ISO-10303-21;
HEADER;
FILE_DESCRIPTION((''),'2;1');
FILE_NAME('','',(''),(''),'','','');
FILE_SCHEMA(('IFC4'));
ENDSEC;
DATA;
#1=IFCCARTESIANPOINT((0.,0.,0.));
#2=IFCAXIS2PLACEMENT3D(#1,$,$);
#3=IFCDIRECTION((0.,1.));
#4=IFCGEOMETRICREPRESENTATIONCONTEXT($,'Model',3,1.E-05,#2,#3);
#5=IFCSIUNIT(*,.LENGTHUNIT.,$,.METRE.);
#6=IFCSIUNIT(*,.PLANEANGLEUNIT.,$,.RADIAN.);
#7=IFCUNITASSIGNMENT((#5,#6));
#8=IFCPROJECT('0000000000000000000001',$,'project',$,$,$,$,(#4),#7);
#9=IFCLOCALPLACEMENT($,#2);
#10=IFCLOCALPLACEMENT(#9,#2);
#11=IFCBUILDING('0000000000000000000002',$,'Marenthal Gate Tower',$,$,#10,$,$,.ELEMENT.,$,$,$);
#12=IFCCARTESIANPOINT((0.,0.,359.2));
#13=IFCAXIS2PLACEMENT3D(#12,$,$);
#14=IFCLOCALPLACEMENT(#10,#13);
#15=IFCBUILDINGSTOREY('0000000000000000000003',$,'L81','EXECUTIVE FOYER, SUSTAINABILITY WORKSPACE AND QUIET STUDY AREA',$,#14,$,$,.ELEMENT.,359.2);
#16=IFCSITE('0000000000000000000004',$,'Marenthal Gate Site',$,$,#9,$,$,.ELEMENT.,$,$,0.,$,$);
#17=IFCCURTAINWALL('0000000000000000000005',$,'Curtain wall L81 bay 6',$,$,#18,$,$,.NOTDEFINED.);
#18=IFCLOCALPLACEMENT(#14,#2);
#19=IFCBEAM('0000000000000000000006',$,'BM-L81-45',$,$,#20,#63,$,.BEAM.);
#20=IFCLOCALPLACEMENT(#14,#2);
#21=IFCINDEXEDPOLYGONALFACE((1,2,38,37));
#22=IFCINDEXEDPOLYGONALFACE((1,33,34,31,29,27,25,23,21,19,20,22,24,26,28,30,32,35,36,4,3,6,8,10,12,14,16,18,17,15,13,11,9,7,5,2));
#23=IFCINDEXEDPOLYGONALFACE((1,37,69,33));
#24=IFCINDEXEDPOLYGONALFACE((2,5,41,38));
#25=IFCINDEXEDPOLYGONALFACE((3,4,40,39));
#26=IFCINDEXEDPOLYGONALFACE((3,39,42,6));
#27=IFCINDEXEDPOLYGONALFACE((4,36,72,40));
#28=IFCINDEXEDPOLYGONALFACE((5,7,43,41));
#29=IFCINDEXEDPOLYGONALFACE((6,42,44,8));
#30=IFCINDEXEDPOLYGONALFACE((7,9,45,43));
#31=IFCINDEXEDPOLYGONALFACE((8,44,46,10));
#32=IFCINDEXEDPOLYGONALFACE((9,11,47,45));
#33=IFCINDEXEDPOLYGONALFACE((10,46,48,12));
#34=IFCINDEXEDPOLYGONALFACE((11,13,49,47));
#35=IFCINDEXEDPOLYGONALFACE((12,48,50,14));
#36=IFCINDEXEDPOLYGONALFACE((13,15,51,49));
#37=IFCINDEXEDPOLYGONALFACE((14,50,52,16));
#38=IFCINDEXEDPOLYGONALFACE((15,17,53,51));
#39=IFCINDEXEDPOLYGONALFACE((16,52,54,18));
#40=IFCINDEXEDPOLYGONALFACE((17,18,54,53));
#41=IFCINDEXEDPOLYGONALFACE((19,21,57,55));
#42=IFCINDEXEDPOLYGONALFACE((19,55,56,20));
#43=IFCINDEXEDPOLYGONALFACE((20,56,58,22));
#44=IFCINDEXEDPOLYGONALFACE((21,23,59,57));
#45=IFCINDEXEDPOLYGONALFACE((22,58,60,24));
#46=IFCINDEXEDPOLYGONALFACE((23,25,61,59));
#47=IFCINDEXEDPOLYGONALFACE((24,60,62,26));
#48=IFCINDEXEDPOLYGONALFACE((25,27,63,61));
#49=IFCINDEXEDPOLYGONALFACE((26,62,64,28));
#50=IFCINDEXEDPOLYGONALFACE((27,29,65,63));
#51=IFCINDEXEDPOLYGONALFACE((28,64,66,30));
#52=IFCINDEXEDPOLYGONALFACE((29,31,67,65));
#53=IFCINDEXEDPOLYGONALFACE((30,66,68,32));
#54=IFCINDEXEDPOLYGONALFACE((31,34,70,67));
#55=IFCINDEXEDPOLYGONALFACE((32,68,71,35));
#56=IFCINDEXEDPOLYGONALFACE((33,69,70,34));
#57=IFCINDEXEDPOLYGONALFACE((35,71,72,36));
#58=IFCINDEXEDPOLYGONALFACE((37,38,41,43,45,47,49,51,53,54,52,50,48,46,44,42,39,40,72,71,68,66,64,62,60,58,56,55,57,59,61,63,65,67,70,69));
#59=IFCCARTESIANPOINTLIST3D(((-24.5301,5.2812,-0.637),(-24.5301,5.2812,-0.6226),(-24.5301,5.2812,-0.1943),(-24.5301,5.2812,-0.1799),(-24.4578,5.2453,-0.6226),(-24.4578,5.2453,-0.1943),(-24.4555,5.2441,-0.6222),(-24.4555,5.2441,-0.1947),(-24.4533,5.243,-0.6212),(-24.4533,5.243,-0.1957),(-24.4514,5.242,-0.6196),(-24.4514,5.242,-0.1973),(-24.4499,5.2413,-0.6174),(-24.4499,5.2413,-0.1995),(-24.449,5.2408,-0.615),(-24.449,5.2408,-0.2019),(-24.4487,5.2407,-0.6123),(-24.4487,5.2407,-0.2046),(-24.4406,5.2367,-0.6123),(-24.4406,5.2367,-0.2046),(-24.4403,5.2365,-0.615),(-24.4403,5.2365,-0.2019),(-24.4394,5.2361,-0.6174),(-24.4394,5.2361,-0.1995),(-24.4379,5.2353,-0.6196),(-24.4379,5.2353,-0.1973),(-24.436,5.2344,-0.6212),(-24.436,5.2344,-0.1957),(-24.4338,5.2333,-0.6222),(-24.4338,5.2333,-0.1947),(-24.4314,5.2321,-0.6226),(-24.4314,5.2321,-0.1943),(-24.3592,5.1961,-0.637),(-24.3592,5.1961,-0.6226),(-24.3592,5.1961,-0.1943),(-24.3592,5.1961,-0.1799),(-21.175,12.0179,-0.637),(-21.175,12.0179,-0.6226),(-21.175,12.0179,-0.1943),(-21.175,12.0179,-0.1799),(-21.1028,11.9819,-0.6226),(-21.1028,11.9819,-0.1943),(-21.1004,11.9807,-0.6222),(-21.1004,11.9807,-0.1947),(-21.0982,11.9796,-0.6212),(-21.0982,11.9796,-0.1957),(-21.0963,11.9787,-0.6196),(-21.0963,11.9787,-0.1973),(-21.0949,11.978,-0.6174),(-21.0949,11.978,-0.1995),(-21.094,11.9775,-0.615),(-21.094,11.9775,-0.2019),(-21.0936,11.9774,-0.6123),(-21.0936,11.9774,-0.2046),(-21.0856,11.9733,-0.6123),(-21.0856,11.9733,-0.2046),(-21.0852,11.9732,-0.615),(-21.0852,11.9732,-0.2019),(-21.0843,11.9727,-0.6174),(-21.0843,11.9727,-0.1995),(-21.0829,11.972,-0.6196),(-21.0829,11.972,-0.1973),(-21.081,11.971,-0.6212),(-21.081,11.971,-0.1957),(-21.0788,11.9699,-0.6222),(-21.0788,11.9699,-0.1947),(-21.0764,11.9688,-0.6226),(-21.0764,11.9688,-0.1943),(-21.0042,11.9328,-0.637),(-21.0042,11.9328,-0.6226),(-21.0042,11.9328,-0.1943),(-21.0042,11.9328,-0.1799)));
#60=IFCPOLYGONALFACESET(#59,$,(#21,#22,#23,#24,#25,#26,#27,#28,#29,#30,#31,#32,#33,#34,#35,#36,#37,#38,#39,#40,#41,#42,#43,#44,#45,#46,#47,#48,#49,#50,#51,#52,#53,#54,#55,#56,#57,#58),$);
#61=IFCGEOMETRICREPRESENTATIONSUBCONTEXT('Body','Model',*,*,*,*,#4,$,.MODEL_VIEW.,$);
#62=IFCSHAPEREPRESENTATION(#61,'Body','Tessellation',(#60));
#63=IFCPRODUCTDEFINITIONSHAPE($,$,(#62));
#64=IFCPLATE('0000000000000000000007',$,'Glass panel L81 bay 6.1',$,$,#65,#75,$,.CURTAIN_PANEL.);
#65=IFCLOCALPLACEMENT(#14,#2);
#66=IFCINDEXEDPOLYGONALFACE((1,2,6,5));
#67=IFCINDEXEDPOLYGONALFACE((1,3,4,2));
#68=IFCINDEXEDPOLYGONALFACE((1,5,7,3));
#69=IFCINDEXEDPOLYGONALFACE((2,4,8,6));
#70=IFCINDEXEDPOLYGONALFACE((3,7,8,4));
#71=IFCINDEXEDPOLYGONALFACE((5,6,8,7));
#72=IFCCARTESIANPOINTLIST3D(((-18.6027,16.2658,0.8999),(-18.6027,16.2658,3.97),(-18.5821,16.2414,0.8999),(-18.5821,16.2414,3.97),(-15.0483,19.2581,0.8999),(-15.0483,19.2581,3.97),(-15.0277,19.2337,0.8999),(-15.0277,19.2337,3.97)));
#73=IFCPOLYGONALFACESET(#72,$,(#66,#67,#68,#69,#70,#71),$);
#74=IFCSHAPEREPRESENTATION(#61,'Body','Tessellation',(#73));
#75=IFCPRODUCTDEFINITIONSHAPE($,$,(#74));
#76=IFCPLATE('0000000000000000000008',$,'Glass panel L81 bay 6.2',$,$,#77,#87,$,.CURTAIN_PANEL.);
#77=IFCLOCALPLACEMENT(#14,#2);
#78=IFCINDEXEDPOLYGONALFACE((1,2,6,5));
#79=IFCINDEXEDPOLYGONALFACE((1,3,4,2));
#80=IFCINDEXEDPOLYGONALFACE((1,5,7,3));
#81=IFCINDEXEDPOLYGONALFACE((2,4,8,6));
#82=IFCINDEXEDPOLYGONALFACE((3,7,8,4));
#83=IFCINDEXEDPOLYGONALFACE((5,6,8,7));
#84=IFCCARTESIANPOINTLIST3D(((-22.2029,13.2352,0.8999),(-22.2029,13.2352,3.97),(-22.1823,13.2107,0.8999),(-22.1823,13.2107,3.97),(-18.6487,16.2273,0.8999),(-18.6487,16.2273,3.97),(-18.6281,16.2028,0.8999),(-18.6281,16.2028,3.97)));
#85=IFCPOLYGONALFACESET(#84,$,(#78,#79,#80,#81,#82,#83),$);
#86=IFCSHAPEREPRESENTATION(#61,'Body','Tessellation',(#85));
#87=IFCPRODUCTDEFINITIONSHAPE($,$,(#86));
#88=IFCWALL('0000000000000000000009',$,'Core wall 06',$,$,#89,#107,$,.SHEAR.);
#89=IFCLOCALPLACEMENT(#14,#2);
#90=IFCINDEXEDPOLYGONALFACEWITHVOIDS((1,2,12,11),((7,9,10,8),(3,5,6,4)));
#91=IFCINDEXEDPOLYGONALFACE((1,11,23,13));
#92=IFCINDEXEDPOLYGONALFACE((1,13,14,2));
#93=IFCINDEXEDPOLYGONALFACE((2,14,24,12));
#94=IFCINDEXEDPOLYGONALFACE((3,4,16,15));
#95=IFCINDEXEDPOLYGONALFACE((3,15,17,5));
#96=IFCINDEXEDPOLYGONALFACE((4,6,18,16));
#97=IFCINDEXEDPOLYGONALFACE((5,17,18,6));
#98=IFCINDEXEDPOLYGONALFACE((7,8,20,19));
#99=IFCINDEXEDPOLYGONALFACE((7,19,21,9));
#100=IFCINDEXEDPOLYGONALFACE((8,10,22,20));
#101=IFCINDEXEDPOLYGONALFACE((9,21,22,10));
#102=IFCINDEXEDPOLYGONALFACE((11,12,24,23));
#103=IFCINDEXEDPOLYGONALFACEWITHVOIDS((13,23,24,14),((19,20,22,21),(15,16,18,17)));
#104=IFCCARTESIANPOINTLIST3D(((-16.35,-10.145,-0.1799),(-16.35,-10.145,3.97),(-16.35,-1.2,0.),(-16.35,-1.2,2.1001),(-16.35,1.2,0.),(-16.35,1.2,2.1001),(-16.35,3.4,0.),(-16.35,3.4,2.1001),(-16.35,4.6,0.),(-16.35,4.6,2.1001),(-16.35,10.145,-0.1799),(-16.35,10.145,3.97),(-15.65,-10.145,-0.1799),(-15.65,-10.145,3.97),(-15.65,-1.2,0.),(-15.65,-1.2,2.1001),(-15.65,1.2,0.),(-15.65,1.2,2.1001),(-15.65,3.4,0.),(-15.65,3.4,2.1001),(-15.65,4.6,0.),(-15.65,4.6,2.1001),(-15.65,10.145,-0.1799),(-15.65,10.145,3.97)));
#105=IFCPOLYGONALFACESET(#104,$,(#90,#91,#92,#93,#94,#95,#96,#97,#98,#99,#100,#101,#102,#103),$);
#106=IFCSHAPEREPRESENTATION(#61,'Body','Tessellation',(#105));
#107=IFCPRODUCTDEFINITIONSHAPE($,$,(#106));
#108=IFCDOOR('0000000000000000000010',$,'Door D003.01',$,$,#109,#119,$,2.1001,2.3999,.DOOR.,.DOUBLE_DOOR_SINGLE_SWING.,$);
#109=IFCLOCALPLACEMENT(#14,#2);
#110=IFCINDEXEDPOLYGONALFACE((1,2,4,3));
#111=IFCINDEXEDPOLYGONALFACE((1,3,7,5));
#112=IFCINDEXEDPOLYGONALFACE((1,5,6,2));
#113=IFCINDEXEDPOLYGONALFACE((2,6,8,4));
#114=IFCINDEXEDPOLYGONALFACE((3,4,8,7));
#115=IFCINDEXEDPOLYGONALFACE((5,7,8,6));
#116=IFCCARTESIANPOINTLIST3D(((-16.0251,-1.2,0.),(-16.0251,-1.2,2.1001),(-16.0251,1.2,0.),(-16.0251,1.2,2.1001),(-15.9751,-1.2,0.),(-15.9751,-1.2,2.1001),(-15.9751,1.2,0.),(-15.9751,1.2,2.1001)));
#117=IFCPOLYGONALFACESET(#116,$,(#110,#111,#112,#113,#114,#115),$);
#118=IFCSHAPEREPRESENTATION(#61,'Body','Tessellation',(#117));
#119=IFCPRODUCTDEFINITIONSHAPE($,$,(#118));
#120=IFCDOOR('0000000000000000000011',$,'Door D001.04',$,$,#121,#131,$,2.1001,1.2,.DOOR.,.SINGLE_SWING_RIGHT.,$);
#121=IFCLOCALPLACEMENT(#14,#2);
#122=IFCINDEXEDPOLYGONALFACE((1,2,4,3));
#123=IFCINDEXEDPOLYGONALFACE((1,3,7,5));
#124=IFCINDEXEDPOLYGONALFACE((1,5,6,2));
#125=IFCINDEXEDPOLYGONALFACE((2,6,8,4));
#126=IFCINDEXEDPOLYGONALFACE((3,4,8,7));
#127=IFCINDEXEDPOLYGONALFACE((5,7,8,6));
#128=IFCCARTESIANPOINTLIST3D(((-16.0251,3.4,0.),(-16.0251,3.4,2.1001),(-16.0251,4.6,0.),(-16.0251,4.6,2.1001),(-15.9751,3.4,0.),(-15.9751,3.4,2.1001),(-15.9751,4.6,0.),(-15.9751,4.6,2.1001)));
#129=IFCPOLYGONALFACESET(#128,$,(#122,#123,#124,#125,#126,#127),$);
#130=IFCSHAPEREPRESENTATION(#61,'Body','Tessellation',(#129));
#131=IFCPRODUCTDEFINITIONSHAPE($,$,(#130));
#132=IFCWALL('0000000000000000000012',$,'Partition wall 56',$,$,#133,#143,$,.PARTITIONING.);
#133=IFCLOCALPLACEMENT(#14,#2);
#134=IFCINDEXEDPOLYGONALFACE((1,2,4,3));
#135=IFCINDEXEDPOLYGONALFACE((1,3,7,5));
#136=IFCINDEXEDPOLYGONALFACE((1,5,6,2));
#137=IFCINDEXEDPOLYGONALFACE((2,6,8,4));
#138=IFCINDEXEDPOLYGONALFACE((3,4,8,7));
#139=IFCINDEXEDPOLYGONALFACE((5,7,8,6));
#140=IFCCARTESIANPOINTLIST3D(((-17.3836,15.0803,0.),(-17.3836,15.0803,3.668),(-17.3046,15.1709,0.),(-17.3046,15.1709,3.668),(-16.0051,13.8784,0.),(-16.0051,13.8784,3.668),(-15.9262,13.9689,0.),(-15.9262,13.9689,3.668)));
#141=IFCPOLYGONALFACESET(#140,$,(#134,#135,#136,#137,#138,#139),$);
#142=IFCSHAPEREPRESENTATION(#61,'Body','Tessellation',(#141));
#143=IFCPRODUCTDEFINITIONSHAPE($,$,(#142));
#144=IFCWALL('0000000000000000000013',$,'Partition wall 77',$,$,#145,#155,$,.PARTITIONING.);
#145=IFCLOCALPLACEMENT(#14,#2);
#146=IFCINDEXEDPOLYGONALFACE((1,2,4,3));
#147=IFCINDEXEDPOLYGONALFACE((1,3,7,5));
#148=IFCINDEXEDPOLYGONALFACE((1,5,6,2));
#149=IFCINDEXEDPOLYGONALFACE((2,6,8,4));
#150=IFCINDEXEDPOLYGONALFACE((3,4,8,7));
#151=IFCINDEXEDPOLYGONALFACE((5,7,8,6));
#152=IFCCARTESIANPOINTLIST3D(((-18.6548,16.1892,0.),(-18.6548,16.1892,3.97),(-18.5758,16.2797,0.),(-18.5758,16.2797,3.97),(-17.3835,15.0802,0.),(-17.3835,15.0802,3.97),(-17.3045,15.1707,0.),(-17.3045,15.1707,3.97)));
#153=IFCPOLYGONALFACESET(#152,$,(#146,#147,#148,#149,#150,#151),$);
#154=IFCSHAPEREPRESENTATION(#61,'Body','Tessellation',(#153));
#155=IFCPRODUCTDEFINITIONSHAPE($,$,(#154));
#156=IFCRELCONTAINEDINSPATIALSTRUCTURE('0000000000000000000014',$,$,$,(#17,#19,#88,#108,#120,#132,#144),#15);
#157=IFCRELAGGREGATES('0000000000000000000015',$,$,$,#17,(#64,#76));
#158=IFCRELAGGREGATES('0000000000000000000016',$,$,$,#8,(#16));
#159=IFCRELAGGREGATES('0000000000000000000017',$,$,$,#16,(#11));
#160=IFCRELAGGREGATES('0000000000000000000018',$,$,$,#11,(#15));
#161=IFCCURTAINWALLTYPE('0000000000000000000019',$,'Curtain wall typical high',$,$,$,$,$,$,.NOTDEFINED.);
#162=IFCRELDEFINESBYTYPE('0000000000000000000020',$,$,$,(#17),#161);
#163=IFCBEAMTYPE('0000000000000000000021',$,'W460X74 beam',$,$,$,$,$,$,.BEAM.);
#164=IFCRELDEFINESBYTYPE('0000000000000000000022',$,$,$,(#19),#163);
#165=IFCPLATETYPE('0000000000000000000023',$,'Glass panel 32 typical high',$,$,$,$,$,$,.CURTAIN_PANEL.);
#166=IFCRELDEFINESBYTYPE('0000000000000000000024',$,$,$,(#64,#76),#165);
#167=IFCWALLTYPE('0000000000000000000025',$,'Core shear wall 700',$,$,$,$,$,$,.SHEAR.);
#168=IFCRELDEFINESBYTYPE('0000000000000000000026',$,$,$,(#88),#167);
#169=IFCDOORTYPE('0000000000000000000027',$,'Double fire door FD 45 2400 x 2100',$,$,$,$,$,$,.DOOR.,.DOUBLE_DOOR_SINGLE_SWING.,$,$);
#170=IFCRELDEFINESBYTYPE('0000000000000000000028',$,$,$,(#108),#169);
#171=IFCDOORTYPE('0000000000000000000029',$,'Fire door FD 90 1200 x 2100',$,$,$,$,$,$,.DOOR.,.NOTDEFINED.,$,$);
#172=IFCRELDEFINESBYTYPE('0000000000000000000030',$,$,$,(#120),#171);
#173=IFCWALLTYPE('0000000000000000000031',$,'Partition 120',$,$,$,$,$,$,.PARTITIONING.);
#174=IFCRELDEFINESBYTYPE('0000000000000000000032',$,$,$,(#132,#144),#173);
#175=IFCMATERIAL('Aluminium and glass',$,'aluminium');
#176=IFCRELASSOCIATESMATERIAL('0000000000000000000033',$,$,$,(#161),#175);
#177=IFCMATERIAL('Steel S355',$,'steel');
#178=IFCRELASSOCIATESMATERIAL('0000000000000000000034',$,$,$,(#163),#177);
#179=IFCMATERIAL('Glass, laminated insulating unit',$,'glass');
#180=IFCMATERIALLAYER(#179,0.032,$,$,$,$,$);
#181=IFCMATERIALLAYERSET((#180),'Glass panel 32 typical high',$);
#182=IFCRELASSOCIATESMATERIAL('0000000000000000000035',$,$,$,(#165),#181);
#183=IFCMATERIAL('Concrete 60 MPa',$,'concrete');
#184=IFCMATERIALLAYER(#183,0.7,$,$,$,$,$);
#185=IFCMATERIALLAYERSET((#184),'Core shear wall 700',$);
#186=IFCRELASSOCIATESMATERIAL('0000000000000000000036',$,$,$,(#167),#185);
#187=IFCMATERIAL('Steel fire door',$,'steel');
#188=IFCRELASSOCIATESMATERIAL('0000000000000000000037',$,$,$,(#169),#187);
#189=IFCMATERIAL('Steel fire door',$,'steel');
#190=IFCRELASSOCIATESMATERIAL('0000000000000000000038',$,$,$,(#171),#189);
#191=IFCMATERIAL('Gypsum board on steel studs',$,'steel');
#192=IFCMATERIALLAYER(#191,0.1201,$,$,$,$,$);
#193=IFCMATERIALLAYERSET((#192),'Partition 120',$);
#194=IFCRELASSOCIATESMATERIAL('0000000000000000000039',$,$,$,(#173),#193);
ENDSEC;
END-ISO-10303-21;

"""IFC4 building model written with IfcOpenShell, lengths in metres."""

from ifc_helpers import new_model, si_unit, direction, frame, frame_2d, origin, origin_2d, place, context, subcontext, project, spatial, rectangle, i_section, extrude, material, layer, layer_set, material_profile, profile_set, type_object, element, fill, aggregate, save


model = new_model("IFC4")

# Units and contexts
model_context = context("Model", 3, precision=1e-05, world=origin(), true_north=direction((0.0, 1.0)))
body_context = subcontext(model_context, "Body", "Model", "MODEL_VIEW")
ifc_project = project(units=[si_unit("LENGTHUNIT", "METRE"), si_unit("PLANEANGLEUNIT", "RADIAN")], contexts=[model_context])

# Site, building, storey
site_placement = place(None, origin())
site = spatial("IfcSite", under=ifc_project, at=site_placement, Name="Marenthal Gate Site", CompositionType="ELEMENT", RefElevation=0.0)
building_placement = place(site_placement, origin())
building = spatial("IfcBuilding", under=site, at=building_placement, Name="Marenthal Gate Tower", CompositionType="ELEMENT")
storey_placement = place(building_placement, frame((0.0, 0.0, 359.2)))
storey = spatial("IfcBuildingStorey", under=building, at=storey_placement, Name="L81", Description="EXECUTIVE FOYER, SUSTAINABILITY WORKSPACE AND QUIET STUDY AREA", CompositionType="ELEMENT", Elevation=359.2)

# Curtain wall
ifc_material_1 = material(Name="Aluminium and glass", Category="aluminium")
curtain_wall_type = type_object("IfcCurtainWallType", Name="Curtain wall typical high", PredefinedType="NOTDEFINED", material=ifc_material_1)
curtain_wall_placement = place(storey_placement, origin())
curtain_wall = element("IfcCurtainWall", 1, at=curtain_wall_placement, inside=storey, type_object=curtain_wall_type, Name="Curtain wall L81 bay 6", PredefinedType="NOTDEFINED")

# Beam
ifc_material_2 = material(Name="Steel S355", Category="steel")
ifc_material_profile_1 = material_profile(ifc_material_2, i_section(OverallWidth=0.1909, OverallDepth=0.457, WebThickness=0.009, FlangeThickness=0.0144, FilletRadius=0.0103, at=origin_2d()), Name="W460X74")
ifc_profile_set_1 = profile_set([ifc_material_profile_1], Name="Steel S355")
beam_type_1 = type_object("IfcBeamType", Name="W460X74 beam", PredefinedType="BEAM", material=ifc_profile_set_1)
beam_1_placement = place(storey_placement, frame((-21.0896, 11.9753, -0.4084), z_axis=(-0.445799, -0.895133, 0.0), x_axis=(0.895133, -0.445799, 0.0)))
element("IfcBeam", 2, at=beam_1_placement, inside=storey, type_object=beam_type_1, Name="BM-L81-45", PredefinedType="BEAM", context=body_context, shape_type="SweptSolid", body=[
    extrude(i_section(OverallWidth=0.1909, OverallDepth=0.457, WebThickness=0.009, FlangeThickness=0.0144, FilletRadius=0.0103, at=origin_2d()), origin(), (0.0, 0.0, 1.0), 7.5259),
])

# Plates
ifc_material_3 = material(Name="Glass, laminated insulating unit", Category="glass")
ifc_layer_1 = layer(ifc_material_3, 0.032)
ifc_layer_set_1 = layer_set([ifc_layer_1], Name="Glass panel 32 typical high")
plate_type = type_object("IfcPlateType", Name="Glass panel 32 typical high", PredefinedType="CURTAIN_PANEL", material=ifc_layer_set_1)
plate_1_placement = place(storey_placement, frame((-16.8152, 17.7498, 0.8999), z_axis=(0.0, 0.0, 1.0), x_axis=(-0.765006, -0.644023, 0.0)))
plate_1 = element("IfcPlate", 3, at=plate_1_placement, type_object=plate_type, Name="Glass panel L81 bay 6.1", PredefinedType="CURTAIN_PANEL", context=body_context, shape_type="SweptSolid", body=[
    extrude(rectangle(XDim=4.6462, YDim=0.032, at=origin_2d()), origin(), (0.0, 0.0, 1.0), 3.0701),
])
plate_2_placement = place(storey_placement, frame((-20.4155, 14.719, 0.8999), z_axis=(0.0, 0.0, 1.0), x_axis=(-0.765006, -0.644023, 0.0)))
plate_2 = element("IfcPlate", 4, at=plate_2_placement, type_object=plate_type, Name="Glass panel L81 bay 6.2", PredefinedType="CURTAIN_PANEL", context=body_context, shape_type="SweptSolid", body=[
    extrude(rectangle(XDim=4.646, YDim=0.032, at=origin_2d()), origin(), (0.0, 0.0, 1.0), 3.0701),
])
aggregate(curtain_wall, [plate_1, plate_2])

# Wall, openings, doors
ifc_material_4 = material(Name="Concrete 60 MPa", Category="concrete")
ifc_layer_2 = layer(ifc_material_4, 0.7)
ifc_layer_set_2 = layer_set([ifc_layer_2], Name="Core shear wall 700")
wall_type_1 = type_object("IfcWallType", Name="Core shear wall 700", PredefinedType="SHEAR", material=ifc_layer_set_2)
wall_1_placement = place(storey_placement, frame((-16.0, 10.145, -0.1799), z_axis=(0.0, 0.0, 1.0), x_axis=(0.0, -1.0, 0.0)))
wall_1 = element("IfcWall", 5, at=wall_1_placement, inside=storey, type_object=wall_type_1, Name="Core wall 06", PredefinedType="SHEAR", context=body_context, shape_type="SweptSolid", body=[
    extrude(rectangle(XDim=20.29, YDim=0.7, at=frame_2d((10.145, 0.0))), origin(), (0.0, 0.0, 1.0), 4.1499),
])
opening_1_placement = place(wall_1_placement, frame((8.9451, 0.0, 0.1799)))
opening_1 = element("IfcOpeningElement", 6, at=opening_1_placement, cuts=wall_1, PredefinedType="OPENING", context=body_context, shape_type="SweptSolid", body=[
    extrude(rectangle(XDim=2.3999, YDim=2.1001, at=frame_2d((1.2, 1.05))), frame((0.0, 0.3599, 0.0), z_axis=(0.0, -1.0, 0.0), x_axis=(1.0, 0.0, 0.0)), (0.0, 0.0, 1.0), 0.72),
])
opening_2_placement = place(wall_1_placement, frame((5.5449, 0.0, 0.1799)))
opening_2 = element("IfcOpeningElement", 7, at=opening_2_placement, cuts=wall_1, PredefinedType="OPENING", context=body_context, shape_type="SweptSolid", body=[
    extrude(rectangle(XDim=1.2, YDim=2.1001, at=frame_2d((0.6001, 1.05))), frame((0.0, 0.3599, 0.0), z_axis=(0.0, -1.0, 0.0), x_axis=(1.0, 0.0, 0.0)), (0.0, 0.0, 1.0), 0.72),
])
ifc_material_5 = material(Name="Steel fire door", Category="steel")
door_type_1 = type_object("IfcDoorType", Name="Double fire door FD 45 2400 x 2100", OperationType="DOUBLE_DOOR_SINGLE_SWING", PredefinedType="DOOR", material=ifc_material_5)
door_1_placement = place(opening_1_placement, origin())
door_1 = element("IfcDoor", 8, at=door_1_placement, inside=storey, type_object=door_type_1, Name="Door D003.01", OperationType="DOUBLE_DOOR_SINGLE_SWING", OverallHeight=2.1001, OverallWidth=2.3999, PredefinedType="DOOR", context=body_context, shape_type="SweptSolid", body=[
    extrude(rectangle(XDim=2.3999, YDim=2.1001, at=frame_2d((1.2, 1.05))), frame((0.0, 0.0249, 0.0), z_axis=(0.0, -1.0, 0.0), x_axis=(1.0, 0.0, 0.0)), (0.0, 0.0, 1.0), 0.05),
])
fill(opening_1, door_1)
ifc_material_6 = material(Name="Steel fire door", Category="steel")
door_type_2 = type_object("IfcDoorType", Name="Fire door FD 90 1200 x 2100", OperationType="NOTDEFINED", PredefinedType="DOOR", material=ifc_material_6)
door_2_placement = place(opening_2_placement, origin())
door_2 = element("IfcDoor", 9, at=door_2_placement, inside=storey, type_object=door_type_2, Name="Door D001.04", OperationType="SINGLE_SWING_RIGHT", OverallHeight=2.1001, OverallWidth=1.2, PredefinedType="DOOR", context=body_context, shape_type="SweptSolid", body=[
    extrude(rectangle(XDim=1.2, YDim=2.1001, at=frame_2d((0.6001, 1.05))), frame((0.0, 0.0249, 0.0), z_axis=(0.0, -1.0, 0.0), x_axis=(1.0, 0.0, 0.0)), (0.0, 0.0, 1.0), 0.05),
])
fill(opening_2, door_2)

# Walls
ifc_material_7 = material(Name="Gypsum board on steel studs", Category="steel")
ifc_layer_3 = layer(ifc_material_7, 0.1201)
ifc_layer_set_3 = layer_set([ifc_layer_3], Name="Partition 120")
wall_type_2 = type_object("IfcWallType", Name="Partition 120", PredefinedType="PARTITIONING", material=ifc_layer_set_3)
wall_2_placement = place(storey_placement, frame((-15.9656, 13.9236, 0.0), z_axis=(0.0, 0.0, 1.0), x_axis=(-0.753717, 0.657199, 0.0)))
element("IfcWall", 10, at=wall_2_placement, inside=storey, type_object=wall_type_2, Name="Partition wall 56", PredefinedType="PARTITIONING", context=body_context, shape_type="SweptSolid", body=[
    extrude(rectangle(XDim=1.8289, YDim=0.1201, at=frame_2d((0.9146, 0.0))), origin(), (0.0, 0.0, 1.0), 3.668),
])
wall_3_placement = place(storey_placement, frame((-17.344, 15.1255, 0.0), z_axis=(0.0, 0.0, 1.0), x_axis=(-0.753589, 0.657346, 0.0)))
element("IfcWall", 11, at=wall_3_placement, inside=storey, type_object=wall_type_2, Name="Partition wall 77", PredefinedType="PARTITIONING", context=body_context, shape_type="SweptSolid", body=[
    extrude(rectangle(XDim=1.687, YDim=0.1201, at=frame_2d((0.8435, 0.0))), origin(), (0.0, 0.0, 1.0), 3.97),
])

save(model, "model.ifc")
